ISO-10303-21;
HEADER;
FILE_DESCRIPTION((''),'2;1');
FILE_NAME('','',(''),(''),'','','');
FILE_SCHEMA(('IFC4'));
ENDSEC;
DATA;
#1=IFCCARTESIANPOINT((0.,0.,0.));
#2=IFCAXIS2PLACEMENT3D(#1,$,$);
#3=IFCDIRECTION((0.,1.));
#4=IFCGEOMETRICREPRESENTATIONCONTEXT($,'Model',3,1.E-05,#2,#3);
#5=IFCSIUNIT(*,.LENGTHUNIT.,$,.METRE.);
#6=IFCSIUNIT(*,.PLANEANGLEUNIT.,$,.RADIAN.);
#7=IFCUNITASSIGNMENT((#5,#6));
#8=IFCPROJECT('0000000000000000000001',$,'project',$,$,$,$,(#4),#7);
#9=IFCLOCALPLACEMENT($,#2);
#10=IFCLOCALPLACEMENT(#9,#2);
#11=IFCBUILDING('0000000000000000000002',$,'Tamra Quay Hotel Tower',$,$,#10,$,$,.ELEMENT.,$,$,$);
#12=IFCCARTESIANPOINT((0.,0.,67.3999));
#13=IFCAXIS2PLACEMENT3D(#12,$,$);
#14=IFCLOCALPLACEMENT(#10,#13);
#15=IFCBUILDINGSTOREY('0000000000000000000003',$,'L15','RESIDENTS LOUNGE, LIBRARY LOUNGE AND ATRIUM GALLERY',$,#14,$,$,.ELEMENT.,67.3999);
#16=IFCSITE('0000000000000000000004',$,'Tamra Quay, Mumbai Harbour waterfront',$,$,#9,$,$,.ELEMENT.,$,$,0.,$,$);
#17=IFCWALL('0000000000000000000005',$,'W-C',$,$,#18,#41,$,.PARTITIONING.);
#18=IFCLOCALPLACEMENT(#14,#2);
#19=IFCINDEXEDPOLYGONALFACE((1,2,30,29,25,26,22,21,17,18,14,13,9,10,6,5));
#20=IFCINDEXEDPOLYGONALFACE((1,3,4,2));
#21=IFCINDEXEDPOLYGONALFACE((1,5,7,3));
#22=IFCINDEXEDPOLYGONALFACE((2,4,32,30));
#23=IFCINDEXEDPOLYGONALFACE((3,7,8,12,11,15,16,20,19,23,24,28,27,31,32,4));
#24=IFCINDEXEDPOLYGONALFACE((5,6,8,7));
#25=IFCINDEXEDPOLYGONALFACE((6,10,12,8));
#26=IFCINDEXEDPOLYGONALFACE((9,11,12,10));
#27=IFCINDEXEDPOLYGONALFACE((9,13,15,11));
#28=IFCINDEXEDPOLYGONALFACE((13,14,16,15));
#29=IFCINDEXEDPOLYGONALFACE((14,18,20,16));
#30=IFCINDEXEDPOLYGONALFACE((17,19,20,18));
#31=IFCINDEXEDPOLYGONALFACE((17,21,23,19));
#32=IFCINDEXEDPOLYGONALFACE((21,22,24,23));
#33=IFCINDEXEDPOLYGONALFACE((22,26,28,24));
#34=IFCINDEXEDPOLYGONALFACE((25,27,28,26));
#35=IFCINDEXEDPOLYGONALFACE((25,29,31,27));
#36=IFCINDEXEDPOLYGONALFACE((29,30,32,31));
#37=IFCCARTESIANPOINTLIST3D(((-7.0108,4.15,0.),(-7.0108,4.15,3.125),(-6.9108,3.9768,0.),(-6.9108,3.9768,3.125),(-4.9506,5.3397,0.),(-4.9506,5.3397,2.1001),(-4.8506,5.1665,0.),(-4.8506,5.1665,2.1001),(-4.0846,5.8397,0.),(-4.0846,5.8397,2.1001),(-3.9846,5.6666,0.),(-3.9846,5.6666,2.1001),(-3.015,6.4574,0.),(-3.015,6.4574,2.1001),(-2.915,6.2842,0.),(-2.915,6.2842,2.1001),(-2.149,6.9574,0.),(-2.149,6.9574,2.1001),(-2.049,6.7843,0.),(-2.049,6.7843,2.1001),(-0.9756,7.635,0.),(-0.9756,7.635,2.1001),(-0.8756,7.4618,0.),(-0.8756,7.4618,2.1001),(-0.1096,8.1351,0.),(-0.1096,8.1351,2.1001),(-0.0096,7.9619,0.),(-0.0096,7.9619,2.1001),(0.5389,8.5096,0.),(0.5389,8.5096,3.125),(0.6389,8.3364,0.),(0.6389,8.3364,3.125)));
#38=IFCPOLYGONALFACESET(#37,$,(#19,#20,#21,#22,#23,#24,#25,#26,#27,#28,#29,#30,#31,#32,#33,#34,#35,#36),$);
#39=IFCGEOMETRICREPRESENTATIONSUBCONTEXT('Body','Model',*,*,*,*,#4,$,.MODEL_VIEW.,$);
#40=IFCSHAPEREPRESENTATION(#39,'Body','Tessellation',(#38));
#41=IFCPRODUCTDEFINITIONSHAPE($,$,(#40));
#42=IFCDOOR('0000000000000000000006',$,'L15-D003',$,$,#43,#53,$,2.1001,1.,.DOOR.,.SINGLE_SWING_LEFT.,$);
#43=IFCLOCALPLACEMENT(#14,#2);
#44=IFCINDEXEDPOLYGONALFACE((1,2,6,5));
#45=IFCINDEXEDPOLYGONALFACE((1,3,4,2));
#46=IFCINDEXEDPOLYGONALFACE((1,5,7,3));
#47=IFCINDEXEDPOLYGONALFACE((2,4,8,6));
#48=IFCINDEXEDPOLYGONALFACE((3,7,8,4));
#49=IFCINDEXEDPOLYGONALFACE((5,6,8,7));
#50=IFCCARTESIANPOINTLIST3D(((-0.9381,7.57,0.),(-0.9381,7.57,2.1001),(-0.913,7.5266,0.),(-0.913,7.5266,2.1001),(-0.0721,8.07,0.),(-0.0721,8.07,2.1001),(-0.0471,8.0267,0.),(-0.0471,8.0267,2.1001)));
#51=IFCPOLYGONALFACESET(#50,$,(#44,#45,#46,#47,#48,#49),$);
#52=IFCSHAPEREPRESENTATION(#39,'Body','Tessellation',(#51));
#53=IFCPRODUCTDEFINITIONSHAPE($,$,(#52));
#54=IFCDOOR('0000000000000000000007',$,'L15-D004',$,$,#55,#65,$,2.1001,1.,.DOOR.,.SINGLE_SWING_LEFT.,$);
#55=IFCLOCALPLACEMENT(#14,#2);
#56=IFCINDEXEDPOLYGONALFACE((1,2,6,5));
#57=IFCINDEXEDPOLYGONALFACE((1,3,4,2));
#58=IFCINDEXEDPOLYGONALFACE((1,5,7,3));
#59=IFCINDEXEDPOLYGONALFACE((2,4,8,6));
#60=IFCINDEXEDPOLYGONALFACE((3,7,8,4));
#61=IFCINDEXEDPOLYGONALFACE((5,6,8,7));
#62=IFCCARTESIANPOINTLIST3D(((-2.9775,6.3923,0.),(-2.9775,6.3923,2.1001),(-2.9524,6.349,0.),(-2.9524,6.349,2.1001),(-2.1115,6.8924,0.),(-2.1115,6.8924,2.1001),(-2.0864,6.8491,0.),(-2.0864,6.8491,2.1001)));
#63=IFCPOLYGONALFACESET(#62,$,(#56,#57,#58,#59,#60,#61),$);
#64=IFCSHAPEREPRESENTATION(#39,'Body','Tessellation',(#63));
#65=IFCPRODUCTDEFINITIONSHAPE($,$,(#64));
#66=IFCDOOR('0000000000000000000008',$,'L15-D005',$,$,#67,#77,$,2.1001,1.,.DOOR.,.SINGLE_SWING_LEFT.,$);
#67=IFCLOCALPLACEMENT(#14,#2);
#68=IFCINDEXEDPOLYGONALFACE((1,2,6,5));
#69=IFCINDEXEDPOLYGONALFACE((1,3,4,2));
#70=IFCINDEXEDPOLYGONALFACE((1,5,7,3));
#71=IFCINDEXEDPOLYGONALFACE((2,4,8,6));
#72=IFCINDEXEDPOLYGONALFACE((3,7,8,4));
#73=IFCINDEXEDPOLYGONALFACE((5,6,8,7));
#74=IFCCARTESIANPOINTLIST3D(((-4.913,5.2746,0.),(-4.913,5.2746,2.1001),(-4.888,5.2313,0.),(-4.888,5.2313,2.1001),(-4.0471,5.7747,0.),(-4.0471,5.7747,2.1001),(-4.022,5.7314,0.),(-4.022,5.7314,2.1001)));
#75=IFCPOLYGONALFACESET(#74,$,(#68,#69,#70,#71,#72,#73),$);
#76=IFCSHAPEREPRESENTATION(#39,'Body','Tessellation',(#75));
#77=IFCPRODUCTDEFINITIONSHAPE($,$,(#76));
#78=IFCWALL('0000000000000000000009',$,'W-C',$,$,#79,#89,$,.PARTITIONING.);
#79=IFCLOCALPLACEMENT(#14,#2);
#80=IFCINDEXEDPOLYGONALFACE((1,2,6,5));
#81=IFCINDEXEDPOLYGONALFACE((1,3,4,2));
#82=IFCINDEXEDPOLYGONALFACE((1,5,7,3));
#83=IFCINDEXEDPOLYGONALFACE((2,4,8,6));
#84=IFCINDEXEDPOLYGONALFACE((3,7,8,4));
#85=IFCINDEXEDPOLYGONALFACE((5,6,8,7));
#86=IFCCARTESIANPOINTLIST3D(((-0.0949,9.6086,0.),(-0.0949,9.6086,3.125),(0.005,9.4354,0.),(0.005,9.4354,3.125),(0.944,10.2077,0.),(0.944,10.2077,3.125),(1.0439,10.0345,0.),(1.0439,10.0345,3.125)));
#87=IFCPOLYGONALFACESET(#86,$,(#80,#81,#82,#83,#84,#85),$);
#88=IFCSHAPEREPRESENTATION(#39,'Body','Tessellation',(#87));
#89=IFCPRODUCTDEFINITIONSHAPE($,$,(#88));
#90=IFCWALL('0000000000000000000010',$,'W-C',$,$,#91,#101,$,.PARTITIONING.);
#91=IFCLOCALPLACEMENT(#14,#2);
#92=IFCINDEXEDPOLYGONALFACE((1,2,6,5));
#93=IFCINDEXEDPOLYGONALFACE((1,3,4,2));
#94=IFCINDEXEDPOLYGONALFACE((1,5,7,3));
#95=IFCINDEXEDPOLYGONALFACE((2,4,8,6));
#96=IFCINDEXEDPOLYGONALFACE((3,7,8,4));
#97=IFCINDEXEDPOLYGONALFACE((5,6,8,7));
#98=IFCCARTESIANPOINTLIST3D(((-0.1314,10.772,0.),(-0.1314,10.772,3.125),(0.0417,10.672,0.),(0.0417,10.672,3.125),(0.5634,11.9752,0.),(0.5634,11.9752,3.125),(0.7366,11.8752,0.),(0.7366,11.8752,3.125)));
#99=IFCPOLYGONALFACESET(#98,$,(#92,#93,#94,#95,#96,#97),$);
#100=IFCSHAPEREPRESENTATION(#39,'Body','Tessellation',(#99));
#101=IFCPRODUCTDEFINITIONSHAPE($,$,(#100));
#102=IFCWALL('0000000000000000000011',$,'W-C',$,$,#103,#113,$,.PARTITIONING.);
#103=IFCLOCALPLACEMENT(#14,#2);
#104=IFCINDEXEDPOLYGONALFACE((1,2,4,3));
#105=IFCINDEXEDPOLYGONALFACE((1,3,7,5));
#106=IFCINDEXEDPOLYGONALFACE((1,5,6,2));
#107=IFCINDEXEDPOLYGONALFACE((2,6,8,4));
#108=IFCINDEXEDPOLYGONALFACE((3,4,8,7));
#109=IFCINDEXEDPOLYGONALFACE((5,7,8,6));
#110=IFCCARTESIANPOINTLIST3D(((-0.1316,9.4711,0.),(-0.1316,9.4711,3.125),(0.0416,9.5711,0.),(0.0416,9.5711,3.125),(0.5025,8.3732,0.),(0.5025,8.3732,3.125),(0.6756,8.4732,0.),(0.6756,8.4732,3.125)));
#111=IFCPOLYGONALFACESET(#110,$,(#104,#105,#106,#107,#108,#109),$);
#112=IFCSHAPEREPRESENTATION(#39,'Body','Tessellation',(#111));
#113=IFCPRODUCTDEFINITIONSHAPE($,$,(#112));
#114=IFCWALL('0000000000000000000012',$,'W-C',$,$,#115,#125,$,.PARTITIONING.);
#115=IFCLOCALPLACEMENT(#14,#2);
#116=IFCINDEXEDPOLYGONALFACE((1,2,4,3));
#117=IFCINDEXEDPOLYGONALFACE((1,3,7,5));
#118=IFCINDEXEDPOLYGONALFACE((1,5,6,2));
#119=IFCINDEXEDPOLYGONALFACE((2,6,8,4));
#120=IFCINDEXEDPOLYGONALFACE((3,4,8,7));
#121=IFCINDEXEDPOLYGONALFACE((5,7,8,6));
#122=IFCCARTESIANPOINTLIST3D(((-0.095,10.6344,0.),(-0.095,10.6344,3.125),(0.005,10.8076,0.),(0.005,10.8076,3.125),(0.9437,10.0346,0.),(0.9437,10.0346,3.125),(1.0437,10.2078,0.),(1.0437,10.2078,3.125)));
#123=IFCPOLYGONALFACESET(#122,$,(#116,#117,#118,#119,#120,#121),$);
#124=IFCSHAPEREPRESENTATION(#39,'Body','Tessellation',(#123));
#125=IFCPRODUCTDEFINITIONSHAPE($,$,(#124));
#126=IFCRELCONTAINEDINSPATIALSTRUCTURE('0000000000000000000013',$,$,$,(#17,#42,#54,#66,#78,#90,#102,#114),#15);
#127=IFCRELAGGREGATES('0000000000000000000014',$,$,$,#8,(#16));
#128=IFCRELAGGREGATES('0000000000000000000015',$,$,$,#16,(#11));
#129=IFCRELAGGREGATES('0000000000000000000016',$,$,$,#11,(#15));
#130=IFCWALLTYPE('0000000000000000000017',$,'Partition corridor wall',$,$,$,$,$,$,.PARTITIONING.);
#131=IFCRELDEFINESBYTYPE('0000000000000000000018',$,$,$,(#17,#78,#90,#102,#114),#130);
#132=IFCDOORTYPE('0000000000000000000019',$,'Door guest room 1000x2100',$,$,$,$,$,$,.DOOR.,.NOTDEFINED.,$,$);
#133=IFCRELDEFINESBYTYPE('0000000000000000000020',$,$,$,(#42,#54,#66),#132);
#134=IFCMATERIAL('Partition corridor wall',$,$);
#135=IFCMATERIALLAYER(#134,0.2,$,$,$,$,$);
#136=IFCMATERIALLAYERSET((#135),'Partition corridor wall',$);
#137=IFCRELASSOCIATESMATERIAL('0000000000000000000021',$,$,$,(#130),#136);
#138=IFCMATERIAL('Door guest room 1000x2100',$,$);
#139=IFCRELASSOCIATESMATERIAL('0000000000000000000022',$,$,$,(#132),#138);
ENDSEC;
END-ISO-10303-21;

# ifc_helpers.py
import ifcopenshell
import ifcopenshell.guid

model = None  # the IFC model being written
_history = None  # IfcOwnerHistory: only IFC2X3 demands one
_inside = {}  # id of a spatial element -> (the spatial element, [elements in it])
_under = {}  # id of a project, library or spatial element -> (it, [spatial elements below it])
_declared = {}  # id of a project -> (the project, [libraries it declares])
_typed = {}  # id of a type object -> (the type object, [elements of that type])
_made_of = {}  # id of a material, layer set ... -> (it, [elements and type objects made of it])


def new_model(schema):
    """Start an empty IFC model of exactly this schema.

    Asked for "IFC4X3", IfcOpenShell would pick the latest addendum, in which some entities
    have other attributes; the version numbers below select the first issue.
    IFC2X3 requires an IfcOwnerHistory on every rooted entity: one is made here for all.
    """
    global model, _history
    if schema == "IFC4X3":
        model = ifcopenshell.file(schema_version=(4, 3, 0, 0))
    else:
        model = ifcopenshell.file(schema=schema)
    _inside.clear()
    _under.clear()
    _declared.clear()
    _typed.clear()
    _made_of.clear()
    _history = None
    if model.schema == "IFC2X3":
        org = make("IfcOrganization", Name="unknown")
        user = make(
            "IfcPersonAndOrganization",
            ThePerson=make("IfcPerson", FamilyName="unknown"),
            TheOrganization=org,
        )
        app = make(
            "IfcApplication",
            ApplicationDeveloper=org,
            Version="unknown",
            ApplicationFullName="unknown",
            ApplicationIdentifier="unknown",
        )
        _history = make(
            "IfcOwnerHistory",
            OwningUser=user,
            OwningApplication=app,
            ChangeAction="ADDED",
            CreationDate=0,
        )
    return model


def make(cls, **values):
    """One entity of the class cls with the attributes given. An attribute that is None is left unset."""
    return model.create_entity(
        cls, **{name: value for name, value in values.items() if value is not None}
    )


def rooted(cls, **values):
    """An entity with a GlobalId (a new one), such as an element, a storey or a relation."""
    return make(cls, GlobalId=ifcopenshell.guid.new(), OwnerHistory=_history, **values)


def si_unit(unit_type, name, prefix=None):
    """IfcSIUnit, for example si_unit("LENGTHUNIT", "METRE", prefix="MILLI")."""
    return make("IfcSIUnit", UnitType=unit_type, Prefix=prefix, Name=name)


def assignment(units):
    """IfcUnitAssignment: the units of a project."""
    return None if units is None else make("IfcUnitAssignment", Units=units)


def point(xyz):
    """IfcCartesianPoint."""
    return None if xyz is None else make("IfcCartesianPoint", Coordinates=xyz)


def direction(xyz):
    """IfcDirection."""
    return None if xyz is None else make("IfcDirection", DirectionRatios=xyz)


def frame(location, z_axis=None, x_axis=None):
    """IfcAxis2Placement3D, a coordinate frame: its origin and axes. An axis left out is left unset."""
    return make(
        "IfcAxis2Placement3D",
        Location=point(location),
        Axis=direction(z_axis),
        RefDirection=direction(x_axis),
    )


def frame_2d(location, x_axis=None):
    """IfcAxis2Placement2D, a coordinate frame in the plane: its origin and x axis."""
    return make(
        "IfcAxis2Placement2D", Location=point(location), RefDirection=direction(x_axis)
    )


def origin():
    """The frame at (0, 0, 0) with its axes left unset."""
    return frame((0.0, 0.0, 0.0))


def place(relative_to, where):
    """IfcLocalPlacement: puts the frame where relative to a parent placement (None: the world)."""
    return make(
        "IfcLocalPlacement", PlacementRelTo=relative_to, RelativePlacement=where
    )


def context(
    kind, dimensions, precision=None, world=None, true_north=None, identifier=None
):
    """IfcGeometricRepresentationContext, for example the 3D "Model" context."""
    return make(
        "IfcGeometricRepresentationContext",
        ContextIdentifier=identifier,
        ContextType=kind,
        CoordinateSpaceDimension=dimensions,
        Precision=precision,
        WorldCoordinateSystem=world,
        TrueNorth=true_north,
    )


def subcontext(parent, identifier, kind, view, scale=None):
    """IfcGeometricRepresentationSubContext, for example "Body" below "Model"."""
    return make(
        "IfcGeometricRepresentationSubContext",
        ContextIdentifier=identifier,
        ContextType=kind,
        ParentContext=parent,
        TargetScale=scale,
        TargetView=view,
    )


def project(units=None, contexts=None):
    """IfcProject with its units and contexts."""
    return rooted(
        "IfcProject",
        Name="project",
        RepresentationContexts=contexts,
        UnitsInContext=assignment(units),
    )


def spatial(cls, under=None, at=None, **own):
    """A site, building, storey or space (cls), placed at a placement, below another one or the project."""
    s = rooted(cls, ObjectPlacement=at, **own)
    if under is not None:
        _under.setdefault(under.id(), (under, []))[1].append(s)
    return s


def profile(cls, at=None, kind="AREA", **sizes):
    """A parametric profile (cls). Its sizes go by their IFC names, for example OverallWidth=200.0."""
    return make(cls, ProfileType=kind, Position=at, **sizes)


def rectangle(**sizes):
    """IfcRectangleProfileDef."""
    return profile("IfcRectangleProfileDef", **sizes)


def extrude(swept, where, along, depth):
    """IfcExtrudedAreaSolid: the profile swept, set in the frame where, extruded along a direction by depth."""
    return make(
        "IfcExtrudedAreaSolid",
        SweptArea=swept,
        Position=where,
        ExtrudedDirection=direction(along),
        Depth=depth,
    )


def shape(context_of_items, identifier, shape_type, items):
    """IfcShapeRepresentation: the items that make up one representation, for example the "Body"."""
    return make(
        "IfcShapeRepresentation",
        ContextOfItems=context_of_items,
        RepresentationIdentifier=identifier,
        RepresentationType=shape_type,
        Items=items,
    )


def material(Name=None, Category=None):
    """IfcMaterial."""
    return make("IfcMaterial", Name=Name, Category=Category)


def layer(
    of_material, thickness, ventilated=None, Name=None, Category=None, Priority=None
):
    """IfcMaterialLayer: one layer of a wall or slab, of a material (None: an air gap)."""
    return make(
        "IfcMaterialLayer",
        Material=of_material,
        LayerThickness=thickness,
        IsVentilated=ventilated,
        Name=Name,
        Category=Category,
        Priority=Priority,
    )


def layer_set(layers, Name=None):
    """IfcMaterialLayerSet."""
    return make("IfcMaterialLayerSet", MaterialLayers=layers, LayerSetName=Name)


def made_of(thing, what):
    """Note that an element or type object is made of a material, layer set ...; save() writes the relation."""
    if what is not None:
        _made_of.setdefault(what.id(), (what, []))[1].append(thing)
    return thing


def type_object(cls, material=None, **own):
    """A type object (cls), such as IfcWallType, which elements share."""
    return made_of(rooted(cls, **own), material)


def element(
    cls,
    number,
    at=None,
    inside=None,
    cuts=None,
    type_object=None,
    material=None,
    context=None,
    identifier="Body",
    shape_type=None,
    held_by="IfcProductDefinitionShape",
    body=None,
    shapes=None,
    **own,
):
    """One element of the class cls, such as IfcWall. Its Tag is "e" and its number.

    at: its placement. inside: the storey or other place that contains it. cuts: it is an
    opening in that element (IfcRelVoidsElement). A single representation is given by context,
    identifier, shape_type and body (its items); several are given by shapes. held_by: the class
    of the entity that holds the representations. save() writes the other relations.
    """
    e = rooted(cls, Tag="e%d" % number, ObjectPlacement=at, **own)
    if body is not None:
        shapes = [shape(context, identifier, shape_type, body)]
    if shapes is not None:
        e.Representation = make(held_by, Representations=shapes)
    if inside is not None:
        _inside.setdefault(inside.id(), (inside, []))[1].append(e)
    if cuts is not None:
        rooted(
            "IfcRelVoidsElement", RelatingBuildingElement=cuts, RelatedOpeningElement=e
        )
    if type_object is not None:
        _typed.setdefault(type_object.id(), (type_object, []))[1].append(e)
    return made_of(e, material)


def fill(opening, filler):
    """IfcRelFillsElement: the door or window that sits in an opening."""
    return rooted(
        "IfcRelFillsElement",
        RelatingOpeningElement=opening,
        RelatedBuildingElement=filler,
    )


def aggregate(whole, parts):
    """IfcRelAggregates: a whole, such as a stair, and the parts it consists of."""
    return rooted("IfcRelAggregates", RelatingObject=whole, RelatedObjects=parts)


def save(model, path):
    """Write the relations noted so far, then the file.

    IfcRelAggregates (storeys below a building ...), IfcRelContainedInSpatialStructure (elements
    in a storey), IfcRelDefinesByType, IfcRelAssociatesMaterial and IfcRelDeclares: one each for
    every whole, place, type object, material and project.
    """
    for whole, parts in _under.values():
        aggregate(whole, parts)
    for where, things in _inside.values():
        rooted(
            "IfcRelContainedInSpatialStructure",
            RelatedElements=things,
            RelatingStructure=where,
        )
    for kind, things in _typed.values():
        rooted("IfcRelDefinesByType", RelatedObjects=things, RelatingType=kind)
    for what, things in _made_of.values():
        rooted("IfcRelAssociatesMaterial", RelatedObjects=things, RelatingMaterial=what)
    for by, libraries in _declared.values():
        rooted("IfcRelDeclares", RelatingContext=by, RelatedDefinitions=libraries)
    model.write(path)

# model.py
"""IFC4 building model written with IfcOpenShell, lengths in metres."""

from ifc_helpers import new_model, si_unit, direction, frame, frame_2d, origin, place, context, subcontext, project, spatial, rectangle, extrude, material, layer, layer_set, type_object, element, fill, save


model = new_model("IFC4")

# Units and contexts
model_context = context("Model", 3, precision=1e-05, world=origin(), true_north=direction((0.0, 1.0)))
body_context = subcontext(model_context, "Body", "Model", "MODEL_VIEW")
ifc_project = project(units=[si_unit("LENGTHUNIT", "METRE"), si_unit("PLANEANGLEUNIT", "RADIAN")], contexts=[model_context])

# Site, building, storey
site_placement = place(None, origin())
site = spatial("IfcSite", under=ifc_project, at=site_placement, Name="Tamra Quay, Mumbai Harbour waterfront", CompositionType="ELEMENT", RefElevation=0.0)
building_placement = place(site_placement, origin())
building = spatial("IfcBuilding", under=site, at=building_placement, Name="Tamra Quay Hotel Tower", CompositionType="ELEMENT")
storey_placement = place(building_placement, frame((0.0, 0.0, 67.3999)))
storey = spatial("IfcBuildingStorey", under=building, at=storey_placement, Name="L15", Description="RESIDENTS LOUNGE, LIBRARY LOUNGE AND ATRIUM GALLERY", CompositionType="ELEMENT", Elevation=67.3999)

# Shared definitions
ifc_material_1 = material(Name="Partition corridor wall")
ifc_layer_1 = layer(ifc_material_1, 0.2)
ifc_layer_set_1 = layer_set([ifc_layer_1], Name="Partition corridor wall")
wall_type_1 = type_object("IfcWallType", Name="Partition corridor wall", PredefinedType="PARTITIONING", material=ifc_layer_set_1)

# Wall, openings, doors
wall_1_placement = place(storey_placement, frame((-6.9607, 4.0635, 0.0), z_axis=(0.0, 0.0, 1.0), x_axis=(0.865989, 0.500063, 0.0)))
wall_1 = element("IfcWall", 1, at=wall_1_placement, inside=storey, type_object=wall_type_1, Name="W-C", PredefinedType="PARTITIONING", context=body_context, shape_type="SweptSolid", body=[
    extrude(rectangle(XDim=8.718, YDim=0.2, at=frame_2d((4.3589, 0.0))), origin(), (0.0, 0.0, 1.0), 3.125),
])
opening_1_placement = place(wall_1_placement, frame((6.969, 0.0, 0.0)))
opening_1 = element("IfcOpeningElement", 2, at=opening_1_placement, cuts=wall_1, PredefinedType="OPENING", context=body_context, shape_type="SweptSolid", body=[
    extrude(rectangle(XDim=1.0, YDim=2.1001, at=frame_2d((0.5, 1.05))), frame((0.0, 0.1099, 0.0), z_axis=(0.0, -1.0, 0.0), x_axis=(1.0, 0.0, 0.0)), (0.0, 0.0, 1.0), 0.22),
])
opening_2_placement = place(wall_1_placement, frame((4.614, 0.0, 0.0)))
opening_2 = element("IfcOpeningElement", 3, at=opening_2_placement, cuts=wall_1, PredefinedType="OPENING", context=body_context, shape_type="SweptSolid", body=[
    extrude(rectangle(XDim=1.0, YDim=2.1001, at=frame_2d((0.5, 1.05))), frame((0.0, 0.1099, 0.0), z_axis=(0.0, -1.0, 0.0), x_axis=(1.0, 0.0, 0.0)), (0.0, 0.0, 1.0), 0.22),
])
opening_3_placement = place(wall_1_placement, frame((2.3789, 0.0, 0.0)))
opening_3 = element("IfcOpeningElement", 4, at=opening_3_placement, cuts=wall_1, PredefinedType="OPENING", context=body_context, shape_type="SweptSolid", body=[
    extrude(rectangle(XDim=1.0, YDim=2.1001, at=frame_2d((0.5, 1.05))), frame((0.0, 0.1099, 0.0), z_axis=(0.0, -1.0, 0.0), x_axis=(1.0, 0.0, 0.0)), (0.0, 0.0, 1.0), 0.22),
])
ifc_material_2 = material(Name="Door guest room 1000x2100")
door_type_1 = type_object("IfcDoorType", Name="Door guest room 1000x2100", OperationType="NOTDEFINED", PredefinedType="DOOR", material=ifc_material_2)
door_1_placement = place(opening_1_placement, origin())
door_1 = element("IfcDoor", 5, at=door_1_placement, inside=storey, type_object=door_type_1, Name="L15-D003", OperationType="SINGLE_SWING_LEFT", OverallHeight=2.1001, OverallWidth=1.0, PredefinedType="DOOR", context=body_context, shape_type="SweptSolid", body=[
    extrude(rectangle(XDim=1.0, YDim=2.1001, at=frame_2d((0.5, 1.05))), frame((0.0, 0.0249, 0.0), z_axis=(0.0, -1.0, 0.0), x_axis=(1.0, 0.0, 0.0)), (0.0, 0.0, 1.0), 0.05),
])
fill(opening_1, door_1)
door_2_placement = place(opening_2_placement, origin())
door_2 = element("IfcDoor", 6, at=door_2_placement, inside=storey, type_object=door_type_1, Name="L15-D004", OperationType="SINGLE_SWING_LEFT", OverallHeight=2.1001, OverallWidth=1.0, PredefinedType="DOOR", context=body_context, shape_type="SweptSolid", body=[
    extrude(rectangle(XDim=1.0, YDim=2.1001, at=frame_2d((0.5, 1.05))), frame((0.0, 0.0249, 0.0), z_axis=(0.0, -1.0, 0.0), x_axis=(1.0, 0.0, 0.0)), (0.0, 0.0, 1.0), 0.05),
])
fill(opening_2, door_2)
door_3_placement = place(opening_3_placement, origin())
door_3 = element("IfcDoor", 7, at=door_3_placement, inside=storey, type_object=door_type_1, Name="L15-D005", OperationType="SINGLE_SWING_LEFT", OverallHeight=2.1001, OverallWidth=1.0, PredefinedType="DOOR", context=body_context, shape_type="SweptSolid", body=[
    extrude(rectangle(XDim=1.0, YDim=2.1001, at=frame_2d((0.5, 1.05))), frame((0.0, 0.0249, 0.0), z_axis=(0.0, -1.0, 0.0), x_axis=(1.0, 0.0, 0.0)), (0.0, 0.0, 1.0), 0.05),
])
fill(opening_3, door_3)

# Walls
wall_2_placement = place(storey_placement, frame((-0.0449, 9.522, 0.0), z_axis=(0.0, 0.0, 1.0), x_axis=(0.866257, 0.499599, 0.0)))
element("IfcWall", 8, at=wall_2_placement, inside=storey, type_object=wall_type_1, Name="W-C", PredefinedType="PARTITIONING", context=body_context, shape_type="SweptSolid", body=[
    extrude(rectangle(XDim=1.1992, YDim=0.2, at=frame_2d((0.5996, 0.0))), origin(), (0.0, 0.0, 1.0), 3.125),
])
wall_3_placement = place(storey_placement, frame((-0.0449, 10.7219, 0.0), z_axis=(0.0, 0.0, 1.0), x_axis=(0.500108, 0.865963, 0.0)))
element("IfcWall", 9, at=wall_3_placement, inside=storey, type_object=wall_type_1, Name="W-C", PredefinedType="PARTITIONING", context=body_context, shape_type="SweptSolid", body=[
    extrude(rectangle(XDim=1.3894, YDim=0.2, at=frame_2d((0.6948, 0.0))), origin(), (0.0, 0.0, 1.0), 3.125),
])
wall_4_placement = place(storey_placement, frame((-0.0449, 9.521, 0.0), z_axis=(0.0, 0.0, 1.0), x_axis=(0.500095, -0.865971, 0.0)))
element("IfcWall", 10, at=wall_4_placement, inside=storey, type_object=wall_type_1, Name="W-C", PredefinedType="PARTITIONING", context=body_context, shape_type="SweptSolid", body=[
    extrude(rectangle(XDim=1.2678, YDim=0.2, at=frame_2d((0.6338, 0.0))), origin(), (0.0, 0.0, 1.0), 3.125),
])
wall_5_placement = place(storey_placement, frame((-0.0449, 10.7209, 0.0), z_axis=(0.0, 0.0, 1.0), x_axis=(0.865992, -0.500057, 0.0)))
element("IfcWall", 11, at=wall_5_placement, inside=storey, type_object=wall_type_1, Name="W-C", PredefinedType="PARTITIONING", context=body_context, shape_type="SweptSolid", body=[
    extrude(rectangle(XDim=1.1995, YDim=0.2, at=frame_2d((0.5996, 0.0))), origin(), (0.0, 0.0, 1.0), 3.125),
])

save(model, "model.ifc")
